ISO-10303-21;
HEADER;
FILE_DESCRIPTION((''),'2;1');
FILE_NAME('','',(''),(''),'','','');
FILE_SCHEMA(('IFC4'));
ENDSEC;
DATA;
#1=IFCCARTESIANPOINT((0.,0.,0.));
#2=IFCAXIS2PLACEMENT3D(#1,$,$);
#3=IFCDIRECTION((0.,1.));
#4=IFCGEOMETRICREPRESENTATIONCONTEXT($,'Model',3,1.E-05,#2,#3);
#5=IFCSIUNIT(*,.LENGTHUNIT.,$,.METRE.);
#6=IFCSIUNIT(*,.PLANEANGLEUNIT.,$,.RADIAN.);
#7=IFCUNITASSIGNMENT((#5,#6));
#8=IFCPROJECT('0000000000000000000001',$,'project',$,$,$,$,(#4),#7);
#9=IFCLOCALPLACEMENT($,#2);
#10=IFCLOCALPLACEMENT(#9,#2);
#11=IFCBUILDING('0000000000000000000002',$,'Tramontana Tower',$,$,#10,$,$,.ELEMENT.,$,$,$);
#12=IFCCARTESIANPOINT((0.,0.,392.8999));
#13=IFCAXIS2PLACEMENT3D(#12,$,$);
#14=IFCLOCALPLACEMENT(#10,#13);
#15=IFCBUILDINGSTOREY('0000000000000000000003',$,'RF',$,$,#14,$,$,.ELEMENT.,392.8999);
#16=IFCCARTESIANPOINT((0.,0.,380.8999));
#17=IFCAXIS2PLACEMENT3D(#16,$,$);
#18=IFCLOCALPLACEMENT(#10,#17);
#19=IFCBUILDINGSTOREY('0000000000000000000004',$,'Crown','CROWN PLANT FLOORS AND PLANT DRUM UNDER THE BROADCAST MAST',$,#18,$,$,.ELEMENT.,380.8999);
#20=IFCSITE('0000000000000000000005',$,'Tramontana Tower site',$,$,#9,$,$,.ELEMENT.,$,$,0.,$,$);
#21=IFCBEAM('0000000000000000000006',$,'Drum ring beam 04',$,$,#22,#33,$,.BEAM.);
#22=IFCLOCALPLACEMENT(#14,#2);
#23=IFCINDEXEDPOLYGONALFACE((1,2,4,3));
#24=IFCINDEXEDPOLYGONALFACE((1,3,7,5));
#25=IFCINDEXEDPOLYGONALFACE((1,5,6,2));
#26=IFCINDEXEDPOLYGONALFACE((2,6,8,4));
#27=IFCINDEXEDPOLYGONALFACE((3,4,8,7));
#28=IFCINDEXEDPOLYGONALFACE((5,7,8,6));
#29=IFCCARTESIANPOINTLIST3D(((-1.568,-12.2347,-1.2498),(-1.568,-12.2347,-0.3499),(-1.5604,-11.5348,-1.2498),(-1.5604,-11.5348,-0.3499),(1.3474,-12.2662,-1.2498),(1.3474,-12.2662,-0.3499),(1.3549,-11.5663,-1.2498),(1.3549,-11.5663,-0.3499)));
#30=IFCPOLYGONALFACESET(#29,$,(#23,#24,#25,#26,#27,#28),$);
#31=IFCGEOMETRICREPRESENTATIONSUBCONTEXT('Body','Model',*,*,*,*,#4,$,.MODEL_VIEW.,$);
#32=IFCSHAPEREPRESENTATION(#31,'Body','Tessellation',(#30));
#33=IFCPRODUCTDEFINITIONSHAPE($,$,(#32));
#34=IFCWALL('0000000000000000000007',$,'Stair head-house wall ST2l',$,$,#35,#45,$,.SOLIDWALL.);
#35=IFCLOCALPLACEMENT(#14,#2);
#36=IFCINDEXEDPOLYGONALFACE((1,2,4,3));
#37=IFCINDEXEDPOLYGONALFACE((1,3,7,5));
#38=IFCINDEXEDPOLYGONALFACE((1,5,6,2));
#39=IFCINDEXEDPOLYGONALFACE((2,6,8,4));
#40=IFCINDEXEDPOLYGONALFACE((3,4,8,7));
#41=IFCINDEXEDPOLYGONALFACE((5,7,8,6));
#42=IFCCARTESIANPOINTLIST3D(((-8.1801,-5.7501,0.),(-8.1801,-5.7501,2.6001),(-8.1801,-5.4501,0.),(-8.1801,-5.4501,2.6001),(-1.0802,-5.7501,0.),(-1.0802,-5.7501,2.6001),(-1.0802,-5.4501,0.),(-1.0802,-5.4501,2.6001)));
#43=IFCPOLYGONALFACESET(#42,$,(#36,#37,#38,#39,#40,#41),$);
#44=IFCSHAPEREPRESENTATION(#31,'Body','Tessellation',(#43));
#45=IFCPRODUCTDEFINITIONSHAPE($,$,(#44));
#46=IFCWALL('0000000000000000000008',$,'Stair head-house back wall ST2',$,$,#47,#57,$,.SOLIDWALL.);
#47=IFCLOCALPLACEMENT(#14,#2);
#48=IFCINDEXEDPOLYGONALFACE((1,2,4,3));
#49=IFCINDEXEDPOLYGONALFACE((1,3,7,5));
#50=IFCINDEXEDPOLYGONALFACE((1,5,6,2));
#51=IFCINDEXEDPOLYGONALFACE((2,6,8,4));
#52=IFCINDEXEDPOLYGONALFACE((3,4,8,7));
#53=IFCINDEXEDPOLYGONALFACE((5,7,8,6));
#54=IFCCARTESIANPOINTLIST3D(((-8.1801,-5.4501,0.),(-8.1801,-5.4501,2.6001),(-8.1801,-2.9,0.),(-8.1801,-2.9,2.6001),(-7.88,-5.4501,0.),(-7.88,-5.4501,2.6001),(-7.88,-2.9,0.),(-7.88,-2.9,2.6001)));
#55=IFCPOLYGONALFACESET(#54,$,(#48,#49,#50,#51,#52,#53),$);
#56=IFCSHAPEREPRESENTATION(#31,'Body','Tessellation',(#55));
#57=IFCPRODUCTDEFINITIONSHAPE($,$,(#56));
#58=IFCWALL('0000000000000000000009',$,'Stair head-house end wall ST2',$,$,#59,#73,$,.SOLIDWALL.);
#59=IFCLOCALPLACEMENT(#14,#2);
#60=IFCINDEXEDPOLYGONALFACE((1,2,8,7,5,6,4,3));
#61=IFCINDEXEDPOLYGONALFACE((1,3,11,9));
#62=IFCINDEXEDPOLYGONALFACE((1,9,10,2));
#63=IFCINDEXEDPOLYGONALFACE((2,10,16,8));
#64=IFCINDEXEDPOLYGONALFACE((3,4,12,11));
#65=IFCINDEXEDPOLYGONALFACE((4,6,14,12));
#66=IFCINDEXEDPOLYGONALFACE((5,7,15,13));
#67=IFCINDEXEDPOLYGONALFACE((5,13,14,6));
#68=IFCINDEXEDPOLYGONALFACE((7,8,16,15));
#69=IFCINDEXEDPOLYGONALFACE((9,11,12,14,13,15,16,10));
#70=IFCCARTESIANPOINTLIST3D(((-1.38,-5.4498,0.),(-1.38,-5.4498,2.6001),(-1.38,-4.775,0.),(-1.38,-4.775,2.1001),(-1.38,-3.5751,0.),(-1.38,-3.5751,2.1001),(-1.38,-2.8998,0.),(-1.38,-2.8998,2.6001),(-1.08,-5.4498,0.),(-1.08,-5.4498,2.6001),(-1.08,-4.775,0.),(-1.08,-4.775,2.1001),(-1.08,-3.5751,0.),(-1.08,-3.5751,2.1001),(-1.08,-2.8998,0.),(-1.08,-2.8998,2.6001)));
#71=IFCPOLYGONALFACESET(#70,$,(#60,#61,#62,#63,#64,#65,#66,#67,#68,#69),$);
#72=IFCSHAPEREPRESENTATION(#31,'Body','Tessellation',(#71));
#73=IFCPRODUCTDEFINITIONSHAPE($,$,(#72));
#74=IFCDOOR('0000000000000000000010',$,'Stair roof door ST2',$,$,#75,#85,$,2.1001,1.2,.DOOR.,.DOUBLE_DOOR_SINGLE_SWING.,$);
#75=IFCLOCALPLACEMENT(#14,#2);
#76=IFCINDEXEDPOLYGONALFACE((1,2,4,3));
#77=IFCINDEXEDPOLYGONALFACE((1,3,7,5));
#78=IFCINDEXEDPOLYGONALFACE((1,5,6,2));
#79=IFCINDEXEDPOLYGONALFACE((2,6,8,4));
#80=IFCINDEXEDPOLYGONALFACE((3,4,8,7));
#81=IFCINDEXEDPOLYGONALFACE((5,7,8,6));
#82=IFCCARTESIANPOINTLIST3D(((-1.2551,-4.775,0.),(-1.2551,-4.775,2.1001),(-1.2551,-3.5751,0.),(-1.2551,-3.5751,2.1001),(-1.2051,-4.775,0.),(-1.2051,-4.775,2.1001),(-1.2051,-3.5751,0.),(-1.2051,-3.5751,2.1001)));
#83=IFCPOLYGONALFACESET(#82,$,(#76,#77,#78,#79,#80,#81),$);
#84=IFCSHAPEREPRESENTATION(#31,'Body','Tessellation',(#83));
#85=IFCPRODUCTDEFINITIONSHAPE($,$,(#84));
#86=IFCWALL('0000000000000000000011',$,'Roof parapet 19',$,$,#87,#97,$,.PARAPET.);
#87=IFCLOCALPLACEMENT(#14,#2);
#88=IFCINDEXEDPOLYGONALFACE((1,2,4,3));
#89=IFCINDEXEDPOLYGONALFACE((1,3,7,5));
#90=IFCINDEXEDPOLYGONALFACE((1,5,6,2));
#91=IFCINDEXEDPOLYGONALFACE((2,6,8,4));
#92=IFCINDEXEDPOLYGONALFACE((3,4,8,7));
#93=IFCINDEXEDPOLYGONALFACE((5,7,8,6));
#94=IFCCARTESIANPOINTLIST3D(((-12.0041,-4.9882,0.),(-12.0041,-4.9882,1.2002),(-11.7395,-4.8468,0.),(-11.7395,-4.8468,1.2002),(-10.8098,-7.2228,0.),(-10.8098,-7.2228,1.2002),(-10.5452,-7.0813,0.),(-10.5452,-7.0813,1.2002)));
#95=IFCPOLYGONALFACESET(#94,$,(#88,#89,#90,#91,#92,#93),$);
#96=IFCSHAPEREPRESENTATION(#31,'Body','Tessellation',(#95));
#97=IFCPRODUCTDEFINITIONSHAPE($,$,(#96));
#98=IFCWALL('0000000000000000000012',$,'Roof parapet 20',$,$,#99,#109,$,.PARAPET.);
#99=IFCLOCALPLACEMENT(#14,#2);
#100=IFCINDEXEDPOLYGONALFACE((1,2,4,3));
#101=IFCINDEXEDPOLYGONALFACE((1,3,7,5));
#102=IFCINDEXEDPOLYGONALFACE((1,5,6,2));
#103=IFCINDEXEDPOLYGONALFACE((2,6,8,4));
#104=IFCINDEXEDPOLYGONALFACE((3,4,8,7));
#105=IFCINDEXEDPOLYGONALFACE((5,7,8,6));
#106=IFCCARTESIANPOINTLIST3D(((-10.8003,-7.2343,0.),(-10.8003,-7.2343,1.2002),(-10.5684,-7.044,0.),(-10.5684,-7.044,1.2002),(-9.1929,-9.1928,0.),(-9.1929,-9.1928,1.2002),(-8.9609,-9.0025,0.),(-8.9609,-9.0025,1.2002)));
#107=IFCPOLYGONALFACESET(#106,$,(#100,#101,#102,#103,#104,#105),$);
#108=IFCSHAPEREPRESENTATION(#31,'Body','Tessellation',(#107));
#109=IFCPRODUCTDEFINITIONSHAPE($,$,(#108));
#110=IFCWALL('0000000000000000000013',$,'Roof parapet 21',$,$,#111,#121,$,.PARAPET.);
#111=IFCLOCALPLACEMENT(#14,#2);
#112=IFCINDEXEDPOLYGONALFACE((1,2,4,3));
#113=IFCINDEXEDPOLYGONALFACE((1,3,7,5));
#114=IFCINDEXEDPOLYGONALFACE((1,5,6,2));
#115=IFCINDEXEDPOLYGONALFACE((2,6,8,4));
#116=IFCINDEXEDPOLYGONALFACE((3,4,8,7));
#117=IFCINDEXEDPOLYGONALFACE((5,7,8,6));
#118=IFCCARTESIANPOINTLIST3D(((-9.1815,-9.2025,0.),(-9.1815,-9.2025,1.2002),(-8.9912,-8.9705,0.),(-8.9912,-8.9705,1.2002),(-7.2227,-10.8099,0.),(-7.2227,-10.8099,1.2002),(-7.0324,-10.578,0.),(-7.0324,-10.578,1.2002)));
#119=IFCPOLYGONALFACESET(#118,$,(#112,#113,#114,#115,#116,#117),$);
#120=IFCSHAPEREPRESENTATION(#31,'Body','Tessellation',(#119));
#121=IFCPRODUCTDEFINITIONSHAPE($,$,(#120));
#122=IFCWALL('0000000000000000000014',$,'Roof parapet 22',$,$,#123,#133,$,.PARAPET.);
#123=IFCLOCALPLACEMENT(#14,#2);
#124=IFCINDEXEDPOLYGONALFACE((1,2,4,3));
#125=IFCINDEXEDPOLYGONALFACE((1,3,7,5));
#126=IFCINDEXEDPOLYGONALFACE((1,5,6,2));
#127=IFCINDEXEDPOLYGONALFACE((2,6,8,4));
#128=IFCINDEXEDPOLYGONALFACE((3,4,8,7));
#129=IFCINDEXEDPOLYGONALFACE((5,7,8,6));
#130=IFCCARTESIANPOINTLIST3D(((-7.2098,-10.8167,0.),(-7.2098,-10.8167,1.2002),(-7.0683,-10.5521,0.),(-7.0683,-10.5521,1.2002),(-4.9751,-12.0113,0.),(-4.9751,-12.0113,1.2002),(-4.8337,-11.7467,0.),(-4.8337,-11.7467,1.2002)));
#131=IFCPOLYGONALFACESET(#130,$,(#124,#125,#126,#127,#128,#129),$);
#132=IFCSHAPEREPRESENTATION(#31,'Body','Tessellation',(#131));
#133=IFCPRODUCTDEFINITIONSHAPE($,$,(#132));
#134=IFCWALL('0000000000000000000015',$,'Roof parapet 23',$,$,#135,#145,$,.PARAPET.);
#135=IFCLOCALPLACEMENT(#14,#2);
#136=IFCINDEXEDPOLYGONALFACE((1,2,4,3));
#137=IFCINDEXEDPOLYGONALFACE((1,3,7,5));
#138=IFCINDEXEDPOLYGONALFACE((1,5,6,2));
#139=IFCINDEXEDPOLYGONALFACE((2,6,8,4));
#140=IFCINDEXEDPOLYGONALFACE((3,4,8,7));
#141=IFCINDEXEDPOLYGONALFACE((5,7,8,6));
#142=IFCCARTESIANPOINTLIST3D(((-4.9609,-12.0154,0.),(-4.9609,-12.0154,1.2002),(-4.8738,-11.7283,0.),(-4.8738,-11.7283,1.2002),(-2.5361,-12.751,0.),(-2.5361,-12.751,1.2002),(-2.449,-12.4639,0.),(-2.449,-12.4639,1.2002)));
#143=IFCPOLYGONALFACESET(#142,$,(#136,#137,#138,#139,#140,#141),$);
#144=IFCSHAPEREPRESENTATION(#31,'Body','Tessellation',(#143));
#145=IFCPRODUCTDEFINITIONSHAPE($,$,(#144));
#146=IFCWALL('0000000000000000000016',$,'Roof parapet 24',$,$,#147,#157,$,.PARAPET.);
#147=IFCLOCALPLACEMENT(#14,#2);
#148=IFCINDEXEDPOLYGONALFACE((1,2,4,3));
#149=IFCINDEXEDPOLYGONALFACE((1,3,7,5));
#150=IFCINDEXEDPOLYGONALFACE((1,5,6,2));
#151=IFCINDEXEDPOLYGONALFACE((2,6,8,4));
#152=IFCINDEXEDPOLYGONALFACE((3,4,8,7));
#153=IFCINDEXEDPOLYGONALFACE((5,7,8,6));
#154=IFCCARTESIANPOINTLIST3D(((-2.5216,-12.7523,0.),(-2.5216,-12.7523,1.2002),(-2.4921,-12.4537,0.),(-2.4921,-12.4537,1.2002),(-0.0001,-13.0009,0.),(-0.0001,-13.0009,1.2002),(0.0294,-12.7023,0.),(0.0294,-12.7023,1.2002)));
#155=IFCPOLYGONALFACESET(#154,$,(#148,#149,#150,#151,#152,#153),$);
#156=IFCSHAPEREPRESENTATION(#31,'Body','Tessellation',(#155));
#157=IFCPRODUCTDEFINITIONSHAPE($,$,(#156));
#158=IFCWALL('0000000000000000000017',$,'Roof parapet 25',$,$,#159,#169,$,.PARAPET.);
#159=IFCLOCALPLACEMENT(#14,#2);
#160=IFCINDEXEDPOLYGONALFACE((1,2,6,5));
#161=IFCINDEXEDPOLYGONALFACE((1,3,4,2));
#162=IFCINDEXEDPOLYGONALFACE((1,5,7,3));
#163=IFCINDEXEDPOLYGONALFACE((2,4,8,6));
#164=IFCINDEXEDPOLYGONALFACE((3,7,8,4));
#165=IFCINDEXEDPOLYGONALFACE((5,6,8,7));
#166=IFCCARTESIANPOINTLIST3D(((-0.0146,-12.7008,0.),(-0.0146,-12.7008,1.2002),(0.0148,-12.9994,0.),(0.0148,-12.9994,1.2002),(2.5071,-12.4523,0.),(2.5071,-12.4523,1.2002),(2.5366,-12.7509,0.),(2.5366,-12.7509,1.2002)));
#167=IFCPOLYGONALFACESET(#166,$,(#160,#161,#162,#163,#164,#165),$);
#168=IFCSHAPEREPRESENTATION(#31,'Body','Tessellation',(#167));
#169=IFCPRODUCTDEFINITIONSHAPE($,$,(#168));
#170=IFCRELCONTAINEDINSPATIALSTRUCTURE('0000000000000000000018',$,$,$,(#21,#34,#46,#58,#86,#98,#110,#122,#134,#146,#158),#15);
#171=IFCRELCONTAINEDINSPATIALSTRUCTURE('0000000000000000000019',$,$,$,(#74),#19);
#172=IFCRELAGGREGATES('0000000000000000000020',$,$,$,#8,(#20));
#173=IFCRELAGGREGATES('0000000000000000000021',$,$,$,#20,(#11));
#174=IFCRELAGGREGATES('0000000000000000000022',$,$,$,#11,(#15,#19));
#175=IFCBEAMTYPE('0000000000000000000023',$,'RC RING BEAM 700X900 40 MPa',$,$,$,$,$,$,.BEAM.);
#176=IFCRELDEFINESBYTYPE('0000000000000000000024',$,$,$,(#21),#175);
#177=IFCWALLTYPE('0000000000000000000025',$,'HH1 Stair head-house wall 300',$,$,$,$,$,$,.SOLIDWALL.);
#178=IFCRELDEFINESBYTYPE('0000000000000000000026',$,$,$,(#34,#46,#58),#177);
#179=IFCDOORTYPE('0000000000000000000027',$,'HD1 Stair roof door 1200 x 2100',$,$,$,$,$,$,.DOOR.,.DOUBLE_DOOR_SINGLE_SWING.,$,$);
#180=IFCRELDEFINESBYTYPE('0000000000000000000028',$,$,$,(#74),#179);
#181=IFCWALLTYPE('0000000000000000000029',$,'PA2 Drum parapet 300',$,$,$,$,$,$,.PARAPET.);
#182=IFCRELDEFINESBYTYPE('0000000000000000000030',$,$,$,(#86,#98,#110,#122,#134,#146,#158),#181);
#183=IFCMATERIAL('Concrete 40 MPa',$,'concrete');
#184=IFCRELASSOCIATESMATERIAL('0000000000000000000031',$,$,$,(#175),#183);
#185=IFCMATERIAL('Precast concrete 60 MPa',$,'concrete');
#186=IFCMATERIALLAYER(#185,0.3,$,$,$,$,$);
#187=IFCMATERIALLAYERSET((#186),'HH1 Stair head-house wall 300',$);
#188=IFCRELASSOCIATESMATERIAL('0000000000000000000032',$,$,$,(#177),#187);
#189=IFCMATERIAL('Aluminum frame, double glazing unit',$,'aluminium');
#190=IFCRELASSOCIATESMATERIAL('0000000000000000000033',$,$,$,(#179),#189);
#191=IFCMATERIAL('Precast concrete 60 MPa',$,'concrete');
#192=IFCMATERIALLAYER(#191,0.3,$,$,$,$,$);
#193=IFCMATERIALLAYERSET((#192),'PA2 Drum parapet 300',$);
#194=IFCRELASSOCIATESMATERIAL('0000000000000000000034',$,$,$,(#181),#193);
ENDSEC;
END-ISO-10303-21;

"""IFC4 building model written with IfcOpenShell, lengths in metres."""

from ifc_helpers import new_model, si_unit, direction, frame, frame_2d, origin, origin_2d, place, context, subcontext, project, spatial, rectangle, extrude, material, layer, layer_set, material_profile, profile_set, type_object, element, fill, save


model = new_model("IFC4")

# Units and contexts
model_context = context("Model", 3, precision=1e-05, world=origin(), true_north=direction((0.0, 1.0)))
body_context = subcontext(model_context, "Body", "Model", "MODEL_VIEW")
ifc_project = project(units=[si_unit("LENGTHUNIT", "METRE"), si_unit("PLANEANGLEUNIT", "RADIAN")], contexts=[model_context])

# Site, building, storey
site_placement = place(None, origin())
site = spatial("IfcSite", under=ifc_project, at=site_placement, Name="Tramontana Tower site", CompositionType="ELEMENT", RefElevation=0.0)
building_placement = place(site_placement, origin())
building = spatial("IfcBuilding", under=site, at=building_placement, Name="Tramontana Tower", CompositionType="ELEMENT")
storey_1_placement = place(building_placement, frame((0.0, 0.0, 392.8999)))
storey_1 = spatial("IfcBuildingStorey", under=building, at=storey_1_placement, Name="RF", CompositionType="ELEMENT", Elevation=392.8999)

# Beam
ifc_material_1 = material(Name="Concrete 40 MPa", Category="concrete")
ifc_material_profile_1 = material_profile(ifc_material_1, rectangle(XDim=0.7, YDim=0.8999, at=origin_2d()), Name="RC RING BEAM 700X900 40 MPa")
ifc_profile_set_1 = profile_set([ifc_material_profile_1], Name="Concrete 40 MPa")
beam_type = type_object("IfcBeamType", Name="RC RING BEAM 700X900 40 MPa", PredefinedType="BEAM", material=ifc_profile_set_1)
beam_1_placement = place(storey_1_placement, frame((-1.5642, -11.8848, -0.7998), z_axis=(0.999942, -0.010802, 0.0), x_axis=(0.010802, 0.999942, 0.0)))
element("IfcBeam", 1, at=beam_1_placement, inside=storey_1, type_object=beam_type, Name="Drum ring beam 04", PredefinedType="BEAM", context=body_context, shape_type="SweptSolid", body=[
    extrude(rectangle(XDim=0.7, YDim=0.8999, at=origin_2d()), origin(), (0.0, 0.0, 1.0), 2.9155),
])

# Walls
ifc_material_2 = material(Name="Precast concrete 60 MPa", Category="concrete")
ifc_layer_1 = layer(ifc_material_2, 0.3)
ifc_layer_set_1 = layer_set([ifc_layer_1], Name="HH1 Stair head-house wall 300")
wall_type_1 = type_object("IfcWallType", Name="HH1 Stair head-house wall 300", PredefinedType="SOLIDWALL", material=ifc_layer_set_1)
wall_1_placement = place(storey_1_placement, frame((-8.1799, -5.6001, 0.0), z_axis=(0.0, 0.0, 1.0), x_axis=(1.0, 0.0, 0.0)))
element("IfcWall", 2, at=wall_1_placement, inside=storey_1, type_object=wall_type_1, Name="Stair head-house wall ST2l", PredefinedType="SOLIDWALL", context=body_context, shape_type="SweptSolid", body=[
    extrude(rectangle(XDim=7.0999, YDim=0.3, at=frame_2d((3.5498, 0.0))), origin(), (0.0, 0.0, 1.0), 2.6001),
])
wall_2_placement = place(storey_1_placement, frame((-8.03, -5.45, 0.0), z_axis=(0.0, 0.0, 1.0), x_axis=(0.0, 1.0, 0.0)))
element("IfcWall", 3, at=wall_2_placement, inside=storey_1, type_object=wall_type_1, Name="Stair head-house back wall ST2", PredefinedType="SOLIDWALL", context=body_context, shape_type="SweptSolid", body=[
    extrude(rectangle(XDim=2.55, YDim=0.3, at=frame_2d((1.2749, 0.0))), origin(), (0.0, 0.0, 1.0), 2.6001),
])

# Wall, opening
wall_3_placement = place(storey_1_placement, frame((-1.23, -2.8999, 0.0), z_axis=(0.0, 0.0, 1.0), x_axis=(0.0, -1.0, 0.0)))
wall_3 = element("IfcWall", 4, at=wall_3_placement, inside=storey_1, type_object=wall_type_1, Name="Stair head-house end wall ST2", PredefinedType="SOLIDWALL", context=body_context, shape_type="SweptSolid", body=[
    extrude(rectangle(XDim=2.55, YDim=0.3, at=frame_2d((1.2749, 0.0))), origin(), (0.0, 0.0, 1.0), 2.6001),
])
opening_placement = place(wall_3_placement, frame((0.675, 0.0, 0.0)))
opening = element("IfcOpeningElement", 5, at=opening_placement, cuts=wall_3, PredefinedType="OPENING", context=body_context, shape_type="SweptSolid", body=[
    extrude(rectangle(XDim=1.2, YDim=2.1001, at=frame_2d((0.6001, 1.05))), frame((0.0, 0.1599, 0.0), z_axis=(0.0, -1.0, 0.0), x_axis=(1.0, 0.0, 0.0)), (0.0, 0.0, 1.0), 0.3201),
])

# Shared definitions
storey_2_placement = place(building_placement, frame((0.0, 0.0, 380.8999)))
storey_2 = spatial("IfcBuildingStorey", under=building, at=storey_2_placement, Name="Crown", Description="CROWN PLANT FLOORS AND PLANT DRUM UNDER THE BROADCAST MAST", CompositionType="ELEMENT", Elevation=380.8999)

# Door
ifc_material_3 = material(Name="Aluminum frame, double glazing unit", Category="aluminium")
door_type = type_object("IfcDoorType", Name="HD1 Stair roof door 1200 x 2100", OperationType="DOUBLE_DOOR_SINGLE_SWING", PredefinedType="DOOR", material=ifc_material_3)
door_placement = place(opening_placement, origin())
door = element("IfcDoor", 6, at=door_placement, inside=storey_2, type_object=door_type, Name="Stair roof door ST2", OperationType="DOUBLE_DOOR_SINGLE_SWING", OverallHeight=2.1001, OverallWidth=1.2, PredefinedType="DOOR", context=body_context, shape_type="SweptSolid", body=[
    extrude(rectangle(XDim=1.2, YDim=2.1001, at=frame_2d((0.6001, 1.05))), frame((0.0, 0.0249, 0.0), z_axis=(0.0, -1.0, 0.0), x_axis=(1.0, 0.0, 0.0)), (0.0, 0.0, 1.0), 0.05),
])
fill(opening, door)

# Walls
ifc_material_4 = material(Name="Precast concrete 60 MPa", Category="concrete")
ifc_layer_2 = layer(ifc_material_4, 0.3)
ifc_layer_set_2 = layer_set([ifc_layer_2], Name="PA2 Drum parapet 300")
wall_type_2 = type_object("IfcWallType", Name="PA2 Drum parapet 300", PredefinedType="PARAPET", material=ifc_layer_set_2)
for number, where, z_axis, x_axis, name in (
    (7, (-11.8718, -4.9175, 0.0), (0.0, 0.0, 1.0), (0.471368, -0.881937, 0.0), "Roof parapet 19"),
    (8, (-10.6843, -7.1392, 0.0), (0.0, 0.0, 1.0), (0.634423, -0.772986, 0.0), "Roof parapet 20"),
):
    element("IfcWall", number, at=place(storey_1_placement, frame(where, z_axis=z_axis, x_axis=x_axis)), inside=storey_1, type_object=wall_type_2, Name=name, PredefinedType="PARAPET", context=body_context, shape_type="SweptSolid", body=[
        extrude(rectangle(XDim=2.5337, YDim=0.3, at=frame_2d((1.2668, 0.0))), origin(), (0.0, 0.0, 1.0), 1.2002),
    ])
for number, where, z_axis, x_axis, name in (
    (9, (-9.0864, -9.0864, 0.0), (0.0, 0.0, 1.0), (0.773025, -0.634376, 0.0), "Roof parapet 21"),
    (10, (-7.1392, -10.6843, 0.0), (0.0, 0.0, 1.0), (0.881896, -0.471443, 0.0), "Roof parapet 22"),
    (11, (-4.9175, -11.8718, 0.0), (0.0, 0.0, 1.0), (0.956936, -0.290299, 0.0), "Roof parapet 23"),
):
    element("IfcWall", number, at=place(storey_1_placement, frame(where, z_axis=z_axis, x_axis=x_axis)), inside=storey_1, type_object=wall_type_2, Name=name, PredefinedType="PARAPET", context=body_context, shape_type="SweptSolid", body=[
        extrude(rectangle(XDim=2.5339, YDim=0.3, at=frame_2d((1.2671, 0.0))), origin(), (0.0, 0.0, 1.0), 1.2002),
    ])
wall_4_placement = place(storey_1_placement, frame((-2.5068, -12.603, 0.0), z_axis=(0.0, 0.0, 1.0), x_axis=(0.995177, -0.098092, 0.0)))
element("IfcWall", 12, at=wall_4_placement, inside=storey_1, type_object=wall_type_2, Name="Roof parapet 24", PredefinedType="PARAPET", context=body_context, shape_type="SweptSolid", body=[
    extrude(rectangle(XDim=2.5337, YDim=0.3, at=frame_2d((1.2668, 0.0))), origin(), (0.0, 0.0, 1.0), 1.2002),
])
wall_5_placement = place(storey_1_placement, frame((0.0, -12.8501, 0.0), z_axis=(0.0, 0.0, 1.0), x_axis=(0.995178, 0.098082, 0.0)))
element("IfcWall", 13, at=wall_5_placement, inside=storey_1, type_object=wall_type_2, Name="Roof parapet 25", PredefinedType="PARAPET", context=body_context, shape_type="SweptSolid", body=[
    extrude(rectangle(XDim=2.5339, YDim=0.3, at=frame_2d((1.2671, 0.0))), origin(), (0.0, 0.0, 1.0), 1.2002),
])

save(model, "model.ifc")
